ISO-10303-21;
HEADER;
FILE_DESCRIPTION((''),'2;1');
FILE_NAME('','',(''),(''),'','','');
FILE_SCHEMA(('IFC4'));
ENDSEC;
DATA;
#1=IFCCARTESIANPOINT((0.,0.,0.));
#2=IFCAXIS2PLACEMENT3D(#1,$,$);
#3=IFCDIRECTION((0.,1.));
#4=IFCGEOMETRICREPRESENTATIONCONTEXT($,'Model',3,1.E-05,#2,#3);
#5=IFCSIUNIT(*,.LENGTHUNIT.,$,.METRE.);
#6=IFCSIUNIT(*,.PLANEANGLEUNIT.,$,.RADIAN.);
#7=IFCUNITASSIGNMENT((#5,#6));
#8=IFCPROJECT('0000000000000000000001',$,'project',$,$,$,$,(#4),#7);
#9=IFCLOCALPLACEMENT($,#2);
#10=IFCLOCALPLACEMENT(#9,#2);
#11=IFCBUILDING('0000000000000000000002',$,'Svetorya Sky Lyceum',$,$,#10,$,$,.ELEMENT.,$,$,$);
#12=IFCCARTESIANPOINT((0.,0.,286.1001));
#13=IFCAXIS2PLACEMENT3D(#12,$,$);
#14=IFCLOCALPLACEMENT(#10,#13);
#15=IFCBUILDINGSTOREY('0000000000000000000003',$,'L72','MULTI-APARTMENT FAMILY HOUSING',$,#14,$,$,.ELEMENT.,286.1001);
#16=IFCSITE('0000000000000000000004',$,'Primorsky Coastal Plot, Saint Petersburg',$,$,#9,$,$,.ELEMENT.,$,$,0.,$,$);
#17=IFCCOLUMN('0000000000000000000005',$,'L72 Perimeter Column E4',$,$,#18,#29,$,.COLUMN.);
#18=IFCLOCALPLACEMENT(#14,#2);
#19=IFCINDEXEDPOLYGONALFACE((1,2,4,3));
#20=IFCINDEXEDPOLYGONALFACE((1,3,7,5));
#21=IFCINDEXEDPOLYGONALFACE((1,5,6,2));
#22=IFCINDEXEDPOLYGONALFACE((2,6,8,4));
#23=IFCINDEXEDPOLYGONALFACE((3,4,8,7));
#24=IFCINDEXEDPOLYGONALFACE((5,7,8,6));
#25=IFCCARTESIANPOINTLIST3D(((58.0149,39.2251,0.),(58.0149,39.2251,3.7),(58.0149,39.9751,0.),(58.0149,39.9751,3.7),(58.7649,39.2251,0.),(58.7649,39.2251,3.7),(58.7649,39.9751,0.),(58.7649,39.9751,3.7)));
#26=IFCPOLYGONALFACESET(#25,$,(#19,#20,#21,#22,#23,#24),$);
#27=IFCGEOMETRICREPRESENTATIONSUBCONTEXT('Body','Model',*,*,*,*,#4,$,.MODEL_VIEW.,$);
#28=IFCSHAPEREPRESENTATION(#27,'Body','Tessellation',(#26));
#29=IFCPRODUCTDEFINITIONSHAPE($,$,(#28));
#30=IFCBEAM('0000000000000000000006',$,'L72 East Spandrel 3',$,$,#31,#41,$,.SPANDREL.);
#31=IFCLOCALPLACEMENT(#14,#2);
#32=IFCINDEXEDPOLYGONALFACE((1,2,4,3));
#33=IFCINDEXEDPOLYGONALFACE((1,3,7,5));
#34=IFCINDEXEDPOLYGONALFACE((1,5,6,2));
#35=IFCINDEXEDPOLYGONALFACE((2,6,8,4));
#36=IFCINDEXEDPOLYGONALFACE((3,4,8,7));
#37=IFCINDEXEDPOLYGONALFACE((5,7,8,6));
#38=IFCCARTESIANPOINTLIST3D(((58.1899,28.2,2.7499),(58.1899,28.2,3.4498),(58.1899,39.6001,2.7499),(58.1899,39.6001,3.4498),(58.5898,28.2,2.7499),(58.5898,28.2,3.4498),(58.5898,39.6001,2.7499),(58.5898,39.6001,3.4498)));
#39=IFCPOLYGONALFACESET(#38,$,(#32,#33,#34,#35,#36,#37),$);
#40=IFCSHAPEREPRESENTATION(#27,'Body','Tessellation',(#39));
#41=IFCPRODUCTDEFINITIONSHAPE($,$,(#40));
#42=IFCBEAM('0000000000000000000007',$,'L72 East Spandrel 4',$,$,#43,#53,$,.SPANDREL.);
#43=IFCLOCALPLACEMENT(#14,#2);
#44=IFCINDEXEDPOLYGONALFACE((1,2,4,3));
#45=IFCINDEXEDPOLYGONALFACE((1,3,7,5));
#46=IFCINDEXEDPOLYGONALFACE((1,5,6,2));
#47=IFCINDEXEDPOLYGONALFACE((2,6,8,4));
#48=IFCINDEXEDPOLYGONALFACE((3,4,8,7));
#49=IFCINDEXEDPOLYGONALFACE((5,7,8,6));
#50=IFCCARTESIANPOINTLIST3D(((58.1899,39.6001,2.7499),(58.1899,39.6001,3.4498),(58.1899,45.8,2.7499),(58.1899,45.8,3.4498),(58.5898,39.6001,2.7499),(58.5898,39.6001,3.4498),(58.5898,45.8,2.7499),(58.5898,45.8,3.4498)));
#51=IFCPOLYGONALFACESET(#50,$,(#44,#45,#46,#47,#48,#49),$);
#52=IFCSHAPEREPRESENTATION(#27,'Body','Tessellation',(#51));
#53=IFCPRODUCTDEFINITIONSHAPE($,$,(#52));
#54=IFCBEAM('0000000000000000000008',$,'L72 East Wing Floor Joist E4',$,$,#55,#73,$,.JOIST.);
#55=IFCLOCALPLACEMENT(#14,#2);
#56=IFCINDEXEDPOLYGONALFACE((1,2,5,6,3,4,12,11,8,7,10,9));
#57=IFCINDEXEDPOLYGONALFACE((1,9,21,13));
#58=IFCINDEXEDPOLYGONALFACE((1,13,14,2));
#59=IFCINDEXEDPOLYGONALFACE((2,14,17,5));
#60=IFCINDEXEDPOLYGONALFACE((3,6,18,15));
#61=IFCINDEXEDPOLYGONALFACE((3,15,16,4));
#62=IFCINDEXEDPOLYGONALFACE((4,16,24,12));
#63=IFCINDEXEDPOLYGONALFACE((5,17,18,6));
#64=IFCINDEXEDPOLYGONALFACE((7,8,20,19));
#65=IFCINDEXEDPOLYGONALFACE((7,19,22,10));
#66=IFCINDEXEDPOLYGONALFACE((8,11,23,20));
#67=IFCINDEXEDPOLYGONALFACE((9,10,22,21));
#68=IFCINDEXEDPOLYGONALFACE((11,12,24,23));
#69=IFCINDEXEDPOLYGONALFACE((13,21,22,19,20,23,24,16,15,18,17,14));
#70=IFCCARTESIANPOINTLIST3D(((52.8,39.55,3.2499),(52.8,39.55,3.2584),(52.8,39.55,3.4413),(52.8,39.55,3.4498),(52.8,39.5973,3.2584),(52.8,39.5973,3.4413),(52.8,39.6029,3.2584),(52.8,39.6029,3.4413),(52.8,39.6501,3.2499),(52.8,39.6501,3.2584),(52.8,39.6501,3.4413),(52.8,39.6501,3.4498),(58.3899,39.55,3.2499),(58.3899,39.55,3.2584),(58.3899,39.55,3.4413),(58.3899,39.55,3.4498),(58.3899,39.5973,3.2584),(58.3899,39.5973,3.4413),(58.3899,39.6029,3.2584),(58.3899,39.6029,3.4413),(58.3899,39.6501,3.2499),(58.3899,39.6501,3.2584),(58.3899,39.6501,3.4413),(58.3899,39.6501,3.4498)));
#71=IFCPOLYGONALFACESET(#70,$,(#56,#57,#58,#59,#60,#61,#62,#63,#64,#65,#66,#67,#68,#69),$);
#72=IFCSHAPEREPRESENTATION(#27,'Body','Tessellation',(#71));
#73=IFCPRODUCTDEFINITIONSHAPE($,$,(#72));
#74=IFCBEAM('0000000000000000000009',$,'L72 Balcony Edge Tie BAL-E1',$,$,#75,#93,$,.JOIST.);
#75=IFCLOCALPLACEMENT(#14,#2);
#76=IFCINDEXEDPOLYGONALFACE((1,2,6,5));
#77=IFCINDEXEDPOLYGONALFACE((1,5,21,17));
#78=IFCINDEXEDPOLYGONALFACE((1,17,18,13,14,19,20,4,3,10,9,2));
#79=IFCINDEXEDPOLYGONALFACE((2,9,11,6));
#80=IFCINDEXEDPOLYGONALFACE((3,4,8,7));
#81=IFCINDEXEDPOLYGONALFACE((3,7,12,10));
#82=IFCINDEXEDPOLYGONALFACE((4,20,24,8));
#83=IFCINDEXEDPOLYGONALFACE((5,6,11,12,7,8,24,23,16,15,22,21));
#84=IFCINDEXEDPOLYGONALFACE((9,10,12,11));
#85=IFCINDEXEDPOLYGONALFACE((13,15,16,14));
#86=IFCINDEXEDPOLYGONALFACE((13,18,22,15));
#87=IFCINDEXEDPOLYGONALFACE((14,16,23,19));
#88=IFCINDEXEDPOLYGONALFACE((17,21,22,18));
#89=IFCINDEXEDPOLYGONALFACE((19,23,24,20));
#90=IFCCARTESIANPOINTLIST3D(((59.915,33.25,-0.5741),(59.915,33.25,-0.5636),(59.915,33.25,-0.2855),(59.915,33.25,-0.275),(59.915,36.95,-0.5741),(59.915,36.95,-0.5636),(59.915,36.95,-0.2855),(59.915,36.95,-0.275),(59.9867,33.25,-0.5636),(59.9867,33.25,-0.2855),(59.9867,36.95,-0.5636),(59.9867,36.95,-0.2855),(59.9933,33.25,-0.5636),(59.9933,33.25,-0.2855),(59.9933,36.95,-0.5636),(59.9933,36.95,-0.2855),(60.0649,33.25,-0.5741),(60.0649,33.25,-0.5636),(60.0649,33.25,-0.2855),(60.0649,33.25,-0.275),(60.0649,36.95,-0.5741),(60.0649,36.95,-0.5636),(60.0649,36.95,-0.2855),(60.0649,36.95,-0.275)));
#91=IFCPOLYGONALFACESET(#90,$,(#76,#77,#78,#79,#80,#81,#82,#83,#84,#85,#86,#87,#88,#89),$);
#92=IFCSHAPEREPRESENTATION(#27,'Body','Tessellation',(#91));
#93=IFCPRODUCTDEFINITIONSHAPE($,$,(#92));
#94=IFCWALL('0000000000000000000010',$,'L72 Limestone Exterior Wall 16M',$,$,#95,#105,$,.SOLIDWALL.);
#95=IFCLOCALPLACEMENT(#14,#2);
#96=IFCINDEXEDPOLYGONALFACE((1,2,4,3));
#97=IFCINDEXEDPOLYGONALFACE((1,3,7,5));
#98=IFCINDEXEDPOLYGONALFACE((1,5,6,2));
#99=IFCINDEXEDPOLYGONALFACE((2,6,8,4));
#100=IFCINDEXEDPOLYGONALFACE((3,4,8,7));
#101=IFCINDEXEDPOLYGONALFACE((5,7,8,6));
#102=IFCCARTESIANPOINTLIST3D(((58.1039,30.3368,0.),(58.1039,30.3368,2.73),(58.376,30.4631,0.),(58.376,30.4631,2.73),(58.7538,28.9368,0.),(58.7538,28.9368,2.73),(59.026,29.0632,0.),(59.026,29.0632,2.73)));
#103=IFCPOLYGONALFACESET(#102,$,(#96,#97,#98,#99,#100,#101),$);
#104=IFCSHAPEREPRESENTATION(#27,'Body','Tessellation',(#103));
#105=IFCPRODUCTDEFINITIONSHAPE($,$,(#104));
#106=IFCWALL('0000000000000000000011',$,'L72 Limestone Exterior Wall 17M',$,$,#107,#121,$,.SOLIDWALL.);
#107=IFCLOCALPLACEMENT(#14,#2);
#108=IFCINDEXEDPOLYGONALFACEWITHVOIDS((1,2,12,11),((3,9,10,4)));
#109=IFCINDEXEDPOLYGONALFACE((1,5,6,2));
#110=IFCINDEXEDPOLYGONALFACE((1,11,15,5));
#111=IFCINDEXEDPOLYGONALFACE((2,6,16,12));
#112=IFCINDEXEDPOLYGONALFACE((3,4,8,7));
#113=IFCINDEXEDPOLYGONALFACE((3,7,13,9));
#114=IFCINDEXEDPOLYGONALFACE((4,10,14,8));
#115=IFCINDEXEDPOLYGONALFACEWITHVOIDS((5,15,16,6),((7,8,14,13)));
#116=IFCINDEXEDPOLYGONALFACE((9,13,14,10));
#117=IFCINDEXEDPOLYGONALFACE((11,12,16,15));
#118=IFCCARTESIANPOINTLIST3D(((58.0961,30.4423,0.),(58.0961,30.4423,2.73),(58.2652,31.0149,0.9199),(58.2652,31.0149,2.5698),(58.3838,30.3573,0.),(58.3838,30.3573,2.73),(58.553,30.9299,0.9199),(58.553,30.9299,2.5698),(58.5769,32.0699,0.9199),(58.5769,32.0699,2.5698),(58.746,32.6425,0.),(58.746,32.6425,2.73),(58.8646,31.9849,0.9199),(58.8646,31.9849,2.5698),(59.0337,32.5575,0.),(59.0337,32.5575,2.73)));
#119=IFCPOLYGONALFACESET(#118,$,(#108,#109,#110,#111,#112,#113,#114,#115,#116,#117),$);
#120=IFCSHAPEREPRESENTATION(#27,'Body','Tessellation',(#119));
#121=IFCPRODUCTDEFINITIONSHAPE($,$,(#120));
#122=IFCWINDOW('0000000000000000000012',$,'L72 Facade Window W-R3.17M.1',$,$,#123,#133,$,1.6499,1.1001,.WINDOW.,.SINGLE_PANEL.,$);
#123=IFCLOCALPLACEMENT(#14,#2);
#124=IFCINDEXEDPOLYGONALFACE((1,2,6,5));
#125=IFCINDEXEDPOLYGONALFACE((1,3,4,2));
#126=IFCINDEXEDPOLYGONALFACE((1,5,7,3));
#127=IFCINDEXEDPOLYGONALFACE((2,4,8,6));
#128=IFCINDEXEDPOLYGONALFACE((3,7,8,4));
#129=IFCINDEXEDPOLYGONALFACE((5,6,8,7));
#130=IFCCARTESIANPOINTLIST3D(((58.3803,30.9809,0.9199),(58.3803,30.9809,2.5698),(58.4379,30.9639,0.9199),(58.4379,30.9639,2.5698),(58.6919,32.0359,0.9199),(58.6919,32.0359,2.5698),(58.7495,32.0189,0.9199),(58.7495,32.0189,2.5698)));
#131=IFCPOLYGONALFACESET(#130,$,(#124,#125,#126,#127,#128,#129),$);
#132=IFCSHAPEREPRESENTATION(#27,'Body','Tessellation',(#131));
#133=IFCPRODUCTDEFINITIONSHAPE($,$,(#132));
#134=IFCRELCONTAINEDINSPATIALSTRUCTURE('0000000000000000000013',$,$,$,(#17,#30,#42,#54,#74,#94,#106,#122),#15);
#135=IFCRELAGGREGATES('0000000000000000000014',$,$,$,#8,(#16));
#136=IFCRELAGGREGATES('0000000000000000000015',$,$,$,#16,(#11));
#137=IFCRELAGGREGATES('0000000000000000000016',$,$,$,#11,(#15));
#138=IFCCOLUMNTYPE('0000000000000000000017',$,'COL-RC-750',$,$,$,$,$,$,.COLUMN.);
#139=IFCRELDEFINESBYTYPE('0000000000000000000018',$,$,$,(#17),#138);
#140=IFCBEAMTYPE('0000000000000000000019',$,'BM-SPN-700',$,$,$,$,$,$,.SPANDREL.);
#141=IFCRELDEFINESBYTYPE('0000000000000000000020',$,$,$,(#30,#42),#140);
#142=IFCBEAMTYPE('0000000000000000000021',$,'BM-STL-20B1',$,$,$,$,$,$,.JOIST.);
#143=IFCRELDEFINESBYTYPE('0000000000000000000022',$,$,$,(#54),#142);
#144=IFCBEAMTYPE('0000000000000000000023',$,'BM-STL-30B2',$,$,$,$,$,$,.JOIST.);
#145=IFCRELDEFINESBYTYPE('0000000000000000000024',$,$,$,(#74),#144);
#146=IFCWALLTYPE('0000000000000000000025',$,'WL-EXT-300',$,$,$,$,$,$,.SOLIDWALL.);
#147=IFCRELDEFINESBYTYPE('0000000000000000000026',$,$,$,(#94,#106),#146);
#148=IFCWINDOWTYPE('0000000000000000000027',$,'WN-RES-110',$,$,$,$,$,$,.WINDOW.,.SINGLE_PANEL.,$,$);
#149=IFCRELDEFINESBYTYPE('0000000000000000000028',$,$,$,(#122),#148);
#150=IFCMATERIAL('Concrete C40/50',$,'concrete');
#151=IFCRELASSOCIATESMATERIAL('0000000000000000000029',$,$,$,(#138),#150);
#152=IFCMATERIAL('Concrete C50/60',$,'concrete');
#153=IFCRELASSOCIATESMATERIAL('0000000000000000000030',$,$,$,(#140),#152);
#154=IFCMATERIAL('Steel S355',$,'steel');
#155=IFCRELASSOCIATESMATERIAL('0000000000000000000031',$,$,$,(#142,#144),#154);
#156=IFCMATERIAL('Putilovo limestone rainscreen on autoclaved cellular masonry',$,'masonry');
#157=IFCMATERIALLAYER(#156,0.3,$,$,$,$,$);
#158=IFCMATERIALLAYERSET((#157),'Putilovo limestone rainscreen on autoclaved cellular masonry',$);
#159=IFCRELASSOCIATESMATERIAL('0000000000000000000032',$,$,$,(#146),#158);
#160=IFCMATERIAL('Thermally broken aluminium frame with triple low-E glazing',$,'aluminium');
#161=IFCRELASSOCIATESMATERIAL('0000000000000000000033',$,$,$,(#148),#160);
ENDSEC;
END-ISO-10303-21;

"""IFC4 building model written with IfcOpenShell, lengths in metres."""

from ifc_helpers import new_model, si_unit, direction, frame, frame_2d, origin, origin_2d, place, context, subcontext, project, spatial, rectangle, i_section, extrude, material, layer, layer_set, material_profile, profile_set, type_object, element, fill, save


model = new_model("IFC4")

# Units and contexts
model_context = context("Model", 3, precision=1e-05, world=origin(), true_north=direction((0.0, 1.0)))
body_context = subcontext(model_context, "Body", "Model", "MODEL_VIEW")
ifc_project = project(units=[si_unit("LENGTHUNIT", "METRE"), si_unit("PLANEANGLEUNIT", "RADIAN")], contexts=[model_context])

# Site, building, storey
site_placement = place(None, origin())
site = spatial("IfcSite", under=ifc_project, at=site_placement, Name="Primorsky Coastal Plot, Saint Petersburg", CompositionType="ELEMENT", RefElevation=0.0)
building_placement = place(site_placement, origin())
building = spatial("IfcBuilding", under=site, at=building_placement, Name="Svetorya Sky Lyceum", CompositionType="ELEMENT")
storey_placement = place(building_placement, frame((0.0, 0.0, 286.1001)))
storey = spatial("IfcBuildingStorey", under=building, at=storey_placement, Name="L72", Description="MULTI-APARTMENT FAMILY HOUSING", CompositionType="ELEMENT", Elevation=286.1001)

# Column
ifc_material_1 = material(Name="Concrete C40/50", Category="concrete")
ifc_material_profile_1 = material_profile(ifc_material_1, rectangle(XDim=0.75, YDim=0.75, at=origin_2d()), Name="RC COL 750x750")
ifc_profile_set_1 = profile_set([ifc_material_profile_1], Name="Concrete C40/50")
column_type = type_object("IfcColumnType", Name="COL-RC-750", PredefinedType="COLUMN", material=ifc_profile_set_1)
column_placement = place(storey_placement, frame((58.3899, 39.6001, 0.0), z_axis=(0.0, 0.0, 1.0), x_axis=(1.0, 0.0, 0.0)))
element("IfcColumn", 1, at=column_placement, inside=storey, type_object=column_type, Name="L72 Perimeter Column E4", PredefinedType="COLUMN", context=body_context, shape_type="SweptSolid", body=[
    extrude(rectangle(XDim=0.75, YDim=0.75, at=origin_2d()), origin(), (0.0, 0.0, 1.0), 3.7),
])

# Beams
ifc_material_2 = material(Name="Concrete C50/60", Category="concrete")
ifc_material_profile_2 = material_profile(ifc_material_2, rectangle(XDim=0.3999, YDim=0.7, at=origin_2d()), Name="RC SPANDREL 400x700")
ifc_profile_set_2 = profile_set([ifc_material_profile_2], Name="Concrete C50/60")
beam_type_1 = type_object("IfcBeamType", Name="BM-SPN-700", PredefinedType="SPANDREL", material=ifc_profile_set_2)
beam_1_placement = place(storey_placement, frame((58.3899, 28.2, 3.0999), z_axis=(0.0, 1.0, 0.0), x_axis=(-1.0, 0.0, 0.0)))
element("IfcBeam", 2, at=beam_1_placement, inside=storey, type_object=beam_type_1, Name="L72 East Spandrel 3", PredefinedType="SPANDREL", context=body_context, shape_type="SweptSolid", body=[
    extrude(rectangle(XDim=0.3999, YDim=0.7, at=origin_2d()), origin(), (0.0, 0.0, 1.0), 11.4001),
])
beam_2_placement = place(storey_placement, frame((58.3899, 39.6001, 3.0999), z_axis=(0.0, 1.0, 0.0), x_axis=(-1.0, 0.0, 0.0)))
element("IfcBeam", 3, at=beam_2_placement, inside=storey, type_object=beam_type_1, Name="L72 East Spandrel 4", PredefinedType="SPANDREL", context=body_context, shape_type="SweptSolid", body=[
    extrude(rectangle(XDim=0.3999, YDim=0.7, at=origin_2d()), origin(), (0.0, 0.0, 1.0), 6.2),
])
ifc_material_3 = material(Name="Steel S355", Category="steel")
ifc_material_profile_3 = material_profile(ifc_material_3, i_section(OverallWidth=0.1001, OverallDepth=0.2, WebThickness=0.0056, FlangeThickness=0.0085, at=origin_2d()), Name="GOST 20B1")
ifc_profile_set_3 = profile_set([ifc_material_profile_3], Name="Steel S355")
beam_type_2 = type_object("IfcBeamType", Name="BM-STL-20B1", PredefinedType="JOIST", material=ifc_profile_set_3)
beam_3_placement = place(storey_placement, frame((52.8, 39.6001, 3.3499), z_axis=(1.0, 0.0, 0.0), x_axis=(0.0, 1.0, 0.0)))
element("IfcBeam", 4, at=beam_3_placement, inside=storey, type_object=beam_type_2, Name="L72 East Wing Floor Joist E4", PredefinedType="JOIST", context=body_context, shape_type="SweptSolid", body=[
    extrude(i_section(OverallWidth=0.1001, OverallDepth=0.2, WebThickness=0.0056, FlangeThickness=0.0085, at=origin_2d()), origin(), (0.0, 0.0, 1.0), 5.5898),
])
ifc_material_profile_4 = material_profile(ifc_material_3, i_section(OverallWidth=0.1499, OverallDepth=0.2991, WebThickness=0.0066, FlangeThickness=0.0105, at=origin_2d()), Name="GOST 30B2")
ifc_profile_set_4 = profile_set([ifc_material_profile_4], Name="Steel S355")
beam_type_3 = type_object("IfcBeamType", Name="BM-STL-30B2", PredefinedType="JOIST", material=ifc_profile_set_4)
beam_4_placement = place(storey_placement, frame((59.99, 33.25, -0.4246), z_axis=(0.0, 1.0, 0.0), x_axis=(-1.0, 0.0, 0.0)))
element("IfcBeam", 5, at=beam_4_placement, inside=storey, type_object=beam_type_3, Name="L72 Balcony Edge Tie BAL-E1", PredefinedType="JOIST", context=body_context, shape_type="SweptSolid", body=[
    extrude(i_section(OverallWidth=0.1499, OverallDepth=0.2991, WebThickness=0.0066, FlangeThickness=0.0105, at=origin_2d()), origin(), (0.0, 0.0, 1.0), 3.7),
])

# Wall
ifc_material_4 = material(Name="Putilovo limestone rainscreen on autoclaved cellular masonry", Category="masonry")
ifc_layer_1 = layer(ifc_material_4, 0.3)
ifc_layer_set_1 = layer_set([ifc_layer_1], Name="Putilovo limestone rainscreen on autoclaved cellular masonry")
wall_type_1 = type_object("IfcWallType", Name="WL-EXT-300", PredefinedType="SOLIDWALL", material=ifc_layer_set_1)
wall_1_placement = place(storey_placement, frame((58.8899, 29.0, 0.0), z_axis=(0.0, 0.0, 1.0), x_axis=(-0.421083, 0.907022, 0.0)))
element("IfcWall", 6, at=wall_1_placement, inside=storey, type_object=wall_type_1, Name="L72 Limestone Exterior Wall 16M", PredefinedType="SOLIDWALL", context=body_context, shape_type="SweptSolid", body=[
    extrude(rectangle(XDim=1.5435, YDim=0.3, at=frame_2d((0.7717, 0.0))), origin(), (0.0, 0.0, 1.0), 2.73),
])

# Wall, opening, window
wall_2_placement = place(storey_placement, frame((58.24, 30.3999, 0.0), z_axis=(0.0, 0.0, 1.0), x_axis=(0.283284, 0.959036, 0.0)))
wall_2 = element("IfcWall", 7, at=wall_2_placement, inside=storey, type_object=wall_type_1, Name="L72 Limestone Exterior Wall 17M", PredefinedType="SOLIDWALL", context=body_context, shape_type="SweptSolid", body=[
    extrude(rectangle(XDim=2.2942, YDim=0.3, at=frame_2d((1.147, 0.0))), origin(), (0.0, 0.0, 1.0), 2.73),
])
opening_1_placement = place(wall_2_placement, frame((0.5969, 0.0, 0.9199)))
opening_1 = element("IfcOpeningElement", 8, at=opening_1_placement, cuts=wall_2, PredefinedType="OPENING", context=body_context, shape_type="SweptSolid", body=[
    extrude(rectangle(XDim=1.1001, YDim=1.6499, at=frame_2d((0.55, 0.825))), frame((0.0, 0.1599, 0.0), z_axis=(0.0, -1.0, 0.0), x_axis=(1.0, 0.0, 0.0)), (0.0, 0.0, 1.0), 0.3201),
])
ifc_material_5 = material(Name="Thermally broken aluminium frame with triple low-E glazing", Category="aluminium")
window_type_1 = type_object("IfcWindowType", Name="WN-RES-110", PartitioningType="SINGLE_PANEL", PredefinedType="WINDOW", material=ifc_material_5)
window_1_placement = place(opening_1_placement, origin())
window_1 = element("IfcWindow", 9, at=window_1_placement, inside=storey, type_object=window_type_1, Name="L72 Facade Window W-R3.17M.1", OverallHeight=1.6499, OverallWidth=1.1001, PartitioningType="SINGLE_PANEL", PredefinedType="WINDOW", context=body_context, shape_type="SweptSolid", body=[
    extrude(rectangle(XDim=1.1001, YDim=1.6499, at=frame_2d((0.55, 0.825))), frame((0.0, 0.03, 0.0), z_axis=(0.0, -1.0, 0.0), x_axis=(1.0, 0.0, 0.0)), (0.0, 0.0, 1.0), 0.0601),
])
fill(opening_1, window_1)

save(model, "model.ifc")
